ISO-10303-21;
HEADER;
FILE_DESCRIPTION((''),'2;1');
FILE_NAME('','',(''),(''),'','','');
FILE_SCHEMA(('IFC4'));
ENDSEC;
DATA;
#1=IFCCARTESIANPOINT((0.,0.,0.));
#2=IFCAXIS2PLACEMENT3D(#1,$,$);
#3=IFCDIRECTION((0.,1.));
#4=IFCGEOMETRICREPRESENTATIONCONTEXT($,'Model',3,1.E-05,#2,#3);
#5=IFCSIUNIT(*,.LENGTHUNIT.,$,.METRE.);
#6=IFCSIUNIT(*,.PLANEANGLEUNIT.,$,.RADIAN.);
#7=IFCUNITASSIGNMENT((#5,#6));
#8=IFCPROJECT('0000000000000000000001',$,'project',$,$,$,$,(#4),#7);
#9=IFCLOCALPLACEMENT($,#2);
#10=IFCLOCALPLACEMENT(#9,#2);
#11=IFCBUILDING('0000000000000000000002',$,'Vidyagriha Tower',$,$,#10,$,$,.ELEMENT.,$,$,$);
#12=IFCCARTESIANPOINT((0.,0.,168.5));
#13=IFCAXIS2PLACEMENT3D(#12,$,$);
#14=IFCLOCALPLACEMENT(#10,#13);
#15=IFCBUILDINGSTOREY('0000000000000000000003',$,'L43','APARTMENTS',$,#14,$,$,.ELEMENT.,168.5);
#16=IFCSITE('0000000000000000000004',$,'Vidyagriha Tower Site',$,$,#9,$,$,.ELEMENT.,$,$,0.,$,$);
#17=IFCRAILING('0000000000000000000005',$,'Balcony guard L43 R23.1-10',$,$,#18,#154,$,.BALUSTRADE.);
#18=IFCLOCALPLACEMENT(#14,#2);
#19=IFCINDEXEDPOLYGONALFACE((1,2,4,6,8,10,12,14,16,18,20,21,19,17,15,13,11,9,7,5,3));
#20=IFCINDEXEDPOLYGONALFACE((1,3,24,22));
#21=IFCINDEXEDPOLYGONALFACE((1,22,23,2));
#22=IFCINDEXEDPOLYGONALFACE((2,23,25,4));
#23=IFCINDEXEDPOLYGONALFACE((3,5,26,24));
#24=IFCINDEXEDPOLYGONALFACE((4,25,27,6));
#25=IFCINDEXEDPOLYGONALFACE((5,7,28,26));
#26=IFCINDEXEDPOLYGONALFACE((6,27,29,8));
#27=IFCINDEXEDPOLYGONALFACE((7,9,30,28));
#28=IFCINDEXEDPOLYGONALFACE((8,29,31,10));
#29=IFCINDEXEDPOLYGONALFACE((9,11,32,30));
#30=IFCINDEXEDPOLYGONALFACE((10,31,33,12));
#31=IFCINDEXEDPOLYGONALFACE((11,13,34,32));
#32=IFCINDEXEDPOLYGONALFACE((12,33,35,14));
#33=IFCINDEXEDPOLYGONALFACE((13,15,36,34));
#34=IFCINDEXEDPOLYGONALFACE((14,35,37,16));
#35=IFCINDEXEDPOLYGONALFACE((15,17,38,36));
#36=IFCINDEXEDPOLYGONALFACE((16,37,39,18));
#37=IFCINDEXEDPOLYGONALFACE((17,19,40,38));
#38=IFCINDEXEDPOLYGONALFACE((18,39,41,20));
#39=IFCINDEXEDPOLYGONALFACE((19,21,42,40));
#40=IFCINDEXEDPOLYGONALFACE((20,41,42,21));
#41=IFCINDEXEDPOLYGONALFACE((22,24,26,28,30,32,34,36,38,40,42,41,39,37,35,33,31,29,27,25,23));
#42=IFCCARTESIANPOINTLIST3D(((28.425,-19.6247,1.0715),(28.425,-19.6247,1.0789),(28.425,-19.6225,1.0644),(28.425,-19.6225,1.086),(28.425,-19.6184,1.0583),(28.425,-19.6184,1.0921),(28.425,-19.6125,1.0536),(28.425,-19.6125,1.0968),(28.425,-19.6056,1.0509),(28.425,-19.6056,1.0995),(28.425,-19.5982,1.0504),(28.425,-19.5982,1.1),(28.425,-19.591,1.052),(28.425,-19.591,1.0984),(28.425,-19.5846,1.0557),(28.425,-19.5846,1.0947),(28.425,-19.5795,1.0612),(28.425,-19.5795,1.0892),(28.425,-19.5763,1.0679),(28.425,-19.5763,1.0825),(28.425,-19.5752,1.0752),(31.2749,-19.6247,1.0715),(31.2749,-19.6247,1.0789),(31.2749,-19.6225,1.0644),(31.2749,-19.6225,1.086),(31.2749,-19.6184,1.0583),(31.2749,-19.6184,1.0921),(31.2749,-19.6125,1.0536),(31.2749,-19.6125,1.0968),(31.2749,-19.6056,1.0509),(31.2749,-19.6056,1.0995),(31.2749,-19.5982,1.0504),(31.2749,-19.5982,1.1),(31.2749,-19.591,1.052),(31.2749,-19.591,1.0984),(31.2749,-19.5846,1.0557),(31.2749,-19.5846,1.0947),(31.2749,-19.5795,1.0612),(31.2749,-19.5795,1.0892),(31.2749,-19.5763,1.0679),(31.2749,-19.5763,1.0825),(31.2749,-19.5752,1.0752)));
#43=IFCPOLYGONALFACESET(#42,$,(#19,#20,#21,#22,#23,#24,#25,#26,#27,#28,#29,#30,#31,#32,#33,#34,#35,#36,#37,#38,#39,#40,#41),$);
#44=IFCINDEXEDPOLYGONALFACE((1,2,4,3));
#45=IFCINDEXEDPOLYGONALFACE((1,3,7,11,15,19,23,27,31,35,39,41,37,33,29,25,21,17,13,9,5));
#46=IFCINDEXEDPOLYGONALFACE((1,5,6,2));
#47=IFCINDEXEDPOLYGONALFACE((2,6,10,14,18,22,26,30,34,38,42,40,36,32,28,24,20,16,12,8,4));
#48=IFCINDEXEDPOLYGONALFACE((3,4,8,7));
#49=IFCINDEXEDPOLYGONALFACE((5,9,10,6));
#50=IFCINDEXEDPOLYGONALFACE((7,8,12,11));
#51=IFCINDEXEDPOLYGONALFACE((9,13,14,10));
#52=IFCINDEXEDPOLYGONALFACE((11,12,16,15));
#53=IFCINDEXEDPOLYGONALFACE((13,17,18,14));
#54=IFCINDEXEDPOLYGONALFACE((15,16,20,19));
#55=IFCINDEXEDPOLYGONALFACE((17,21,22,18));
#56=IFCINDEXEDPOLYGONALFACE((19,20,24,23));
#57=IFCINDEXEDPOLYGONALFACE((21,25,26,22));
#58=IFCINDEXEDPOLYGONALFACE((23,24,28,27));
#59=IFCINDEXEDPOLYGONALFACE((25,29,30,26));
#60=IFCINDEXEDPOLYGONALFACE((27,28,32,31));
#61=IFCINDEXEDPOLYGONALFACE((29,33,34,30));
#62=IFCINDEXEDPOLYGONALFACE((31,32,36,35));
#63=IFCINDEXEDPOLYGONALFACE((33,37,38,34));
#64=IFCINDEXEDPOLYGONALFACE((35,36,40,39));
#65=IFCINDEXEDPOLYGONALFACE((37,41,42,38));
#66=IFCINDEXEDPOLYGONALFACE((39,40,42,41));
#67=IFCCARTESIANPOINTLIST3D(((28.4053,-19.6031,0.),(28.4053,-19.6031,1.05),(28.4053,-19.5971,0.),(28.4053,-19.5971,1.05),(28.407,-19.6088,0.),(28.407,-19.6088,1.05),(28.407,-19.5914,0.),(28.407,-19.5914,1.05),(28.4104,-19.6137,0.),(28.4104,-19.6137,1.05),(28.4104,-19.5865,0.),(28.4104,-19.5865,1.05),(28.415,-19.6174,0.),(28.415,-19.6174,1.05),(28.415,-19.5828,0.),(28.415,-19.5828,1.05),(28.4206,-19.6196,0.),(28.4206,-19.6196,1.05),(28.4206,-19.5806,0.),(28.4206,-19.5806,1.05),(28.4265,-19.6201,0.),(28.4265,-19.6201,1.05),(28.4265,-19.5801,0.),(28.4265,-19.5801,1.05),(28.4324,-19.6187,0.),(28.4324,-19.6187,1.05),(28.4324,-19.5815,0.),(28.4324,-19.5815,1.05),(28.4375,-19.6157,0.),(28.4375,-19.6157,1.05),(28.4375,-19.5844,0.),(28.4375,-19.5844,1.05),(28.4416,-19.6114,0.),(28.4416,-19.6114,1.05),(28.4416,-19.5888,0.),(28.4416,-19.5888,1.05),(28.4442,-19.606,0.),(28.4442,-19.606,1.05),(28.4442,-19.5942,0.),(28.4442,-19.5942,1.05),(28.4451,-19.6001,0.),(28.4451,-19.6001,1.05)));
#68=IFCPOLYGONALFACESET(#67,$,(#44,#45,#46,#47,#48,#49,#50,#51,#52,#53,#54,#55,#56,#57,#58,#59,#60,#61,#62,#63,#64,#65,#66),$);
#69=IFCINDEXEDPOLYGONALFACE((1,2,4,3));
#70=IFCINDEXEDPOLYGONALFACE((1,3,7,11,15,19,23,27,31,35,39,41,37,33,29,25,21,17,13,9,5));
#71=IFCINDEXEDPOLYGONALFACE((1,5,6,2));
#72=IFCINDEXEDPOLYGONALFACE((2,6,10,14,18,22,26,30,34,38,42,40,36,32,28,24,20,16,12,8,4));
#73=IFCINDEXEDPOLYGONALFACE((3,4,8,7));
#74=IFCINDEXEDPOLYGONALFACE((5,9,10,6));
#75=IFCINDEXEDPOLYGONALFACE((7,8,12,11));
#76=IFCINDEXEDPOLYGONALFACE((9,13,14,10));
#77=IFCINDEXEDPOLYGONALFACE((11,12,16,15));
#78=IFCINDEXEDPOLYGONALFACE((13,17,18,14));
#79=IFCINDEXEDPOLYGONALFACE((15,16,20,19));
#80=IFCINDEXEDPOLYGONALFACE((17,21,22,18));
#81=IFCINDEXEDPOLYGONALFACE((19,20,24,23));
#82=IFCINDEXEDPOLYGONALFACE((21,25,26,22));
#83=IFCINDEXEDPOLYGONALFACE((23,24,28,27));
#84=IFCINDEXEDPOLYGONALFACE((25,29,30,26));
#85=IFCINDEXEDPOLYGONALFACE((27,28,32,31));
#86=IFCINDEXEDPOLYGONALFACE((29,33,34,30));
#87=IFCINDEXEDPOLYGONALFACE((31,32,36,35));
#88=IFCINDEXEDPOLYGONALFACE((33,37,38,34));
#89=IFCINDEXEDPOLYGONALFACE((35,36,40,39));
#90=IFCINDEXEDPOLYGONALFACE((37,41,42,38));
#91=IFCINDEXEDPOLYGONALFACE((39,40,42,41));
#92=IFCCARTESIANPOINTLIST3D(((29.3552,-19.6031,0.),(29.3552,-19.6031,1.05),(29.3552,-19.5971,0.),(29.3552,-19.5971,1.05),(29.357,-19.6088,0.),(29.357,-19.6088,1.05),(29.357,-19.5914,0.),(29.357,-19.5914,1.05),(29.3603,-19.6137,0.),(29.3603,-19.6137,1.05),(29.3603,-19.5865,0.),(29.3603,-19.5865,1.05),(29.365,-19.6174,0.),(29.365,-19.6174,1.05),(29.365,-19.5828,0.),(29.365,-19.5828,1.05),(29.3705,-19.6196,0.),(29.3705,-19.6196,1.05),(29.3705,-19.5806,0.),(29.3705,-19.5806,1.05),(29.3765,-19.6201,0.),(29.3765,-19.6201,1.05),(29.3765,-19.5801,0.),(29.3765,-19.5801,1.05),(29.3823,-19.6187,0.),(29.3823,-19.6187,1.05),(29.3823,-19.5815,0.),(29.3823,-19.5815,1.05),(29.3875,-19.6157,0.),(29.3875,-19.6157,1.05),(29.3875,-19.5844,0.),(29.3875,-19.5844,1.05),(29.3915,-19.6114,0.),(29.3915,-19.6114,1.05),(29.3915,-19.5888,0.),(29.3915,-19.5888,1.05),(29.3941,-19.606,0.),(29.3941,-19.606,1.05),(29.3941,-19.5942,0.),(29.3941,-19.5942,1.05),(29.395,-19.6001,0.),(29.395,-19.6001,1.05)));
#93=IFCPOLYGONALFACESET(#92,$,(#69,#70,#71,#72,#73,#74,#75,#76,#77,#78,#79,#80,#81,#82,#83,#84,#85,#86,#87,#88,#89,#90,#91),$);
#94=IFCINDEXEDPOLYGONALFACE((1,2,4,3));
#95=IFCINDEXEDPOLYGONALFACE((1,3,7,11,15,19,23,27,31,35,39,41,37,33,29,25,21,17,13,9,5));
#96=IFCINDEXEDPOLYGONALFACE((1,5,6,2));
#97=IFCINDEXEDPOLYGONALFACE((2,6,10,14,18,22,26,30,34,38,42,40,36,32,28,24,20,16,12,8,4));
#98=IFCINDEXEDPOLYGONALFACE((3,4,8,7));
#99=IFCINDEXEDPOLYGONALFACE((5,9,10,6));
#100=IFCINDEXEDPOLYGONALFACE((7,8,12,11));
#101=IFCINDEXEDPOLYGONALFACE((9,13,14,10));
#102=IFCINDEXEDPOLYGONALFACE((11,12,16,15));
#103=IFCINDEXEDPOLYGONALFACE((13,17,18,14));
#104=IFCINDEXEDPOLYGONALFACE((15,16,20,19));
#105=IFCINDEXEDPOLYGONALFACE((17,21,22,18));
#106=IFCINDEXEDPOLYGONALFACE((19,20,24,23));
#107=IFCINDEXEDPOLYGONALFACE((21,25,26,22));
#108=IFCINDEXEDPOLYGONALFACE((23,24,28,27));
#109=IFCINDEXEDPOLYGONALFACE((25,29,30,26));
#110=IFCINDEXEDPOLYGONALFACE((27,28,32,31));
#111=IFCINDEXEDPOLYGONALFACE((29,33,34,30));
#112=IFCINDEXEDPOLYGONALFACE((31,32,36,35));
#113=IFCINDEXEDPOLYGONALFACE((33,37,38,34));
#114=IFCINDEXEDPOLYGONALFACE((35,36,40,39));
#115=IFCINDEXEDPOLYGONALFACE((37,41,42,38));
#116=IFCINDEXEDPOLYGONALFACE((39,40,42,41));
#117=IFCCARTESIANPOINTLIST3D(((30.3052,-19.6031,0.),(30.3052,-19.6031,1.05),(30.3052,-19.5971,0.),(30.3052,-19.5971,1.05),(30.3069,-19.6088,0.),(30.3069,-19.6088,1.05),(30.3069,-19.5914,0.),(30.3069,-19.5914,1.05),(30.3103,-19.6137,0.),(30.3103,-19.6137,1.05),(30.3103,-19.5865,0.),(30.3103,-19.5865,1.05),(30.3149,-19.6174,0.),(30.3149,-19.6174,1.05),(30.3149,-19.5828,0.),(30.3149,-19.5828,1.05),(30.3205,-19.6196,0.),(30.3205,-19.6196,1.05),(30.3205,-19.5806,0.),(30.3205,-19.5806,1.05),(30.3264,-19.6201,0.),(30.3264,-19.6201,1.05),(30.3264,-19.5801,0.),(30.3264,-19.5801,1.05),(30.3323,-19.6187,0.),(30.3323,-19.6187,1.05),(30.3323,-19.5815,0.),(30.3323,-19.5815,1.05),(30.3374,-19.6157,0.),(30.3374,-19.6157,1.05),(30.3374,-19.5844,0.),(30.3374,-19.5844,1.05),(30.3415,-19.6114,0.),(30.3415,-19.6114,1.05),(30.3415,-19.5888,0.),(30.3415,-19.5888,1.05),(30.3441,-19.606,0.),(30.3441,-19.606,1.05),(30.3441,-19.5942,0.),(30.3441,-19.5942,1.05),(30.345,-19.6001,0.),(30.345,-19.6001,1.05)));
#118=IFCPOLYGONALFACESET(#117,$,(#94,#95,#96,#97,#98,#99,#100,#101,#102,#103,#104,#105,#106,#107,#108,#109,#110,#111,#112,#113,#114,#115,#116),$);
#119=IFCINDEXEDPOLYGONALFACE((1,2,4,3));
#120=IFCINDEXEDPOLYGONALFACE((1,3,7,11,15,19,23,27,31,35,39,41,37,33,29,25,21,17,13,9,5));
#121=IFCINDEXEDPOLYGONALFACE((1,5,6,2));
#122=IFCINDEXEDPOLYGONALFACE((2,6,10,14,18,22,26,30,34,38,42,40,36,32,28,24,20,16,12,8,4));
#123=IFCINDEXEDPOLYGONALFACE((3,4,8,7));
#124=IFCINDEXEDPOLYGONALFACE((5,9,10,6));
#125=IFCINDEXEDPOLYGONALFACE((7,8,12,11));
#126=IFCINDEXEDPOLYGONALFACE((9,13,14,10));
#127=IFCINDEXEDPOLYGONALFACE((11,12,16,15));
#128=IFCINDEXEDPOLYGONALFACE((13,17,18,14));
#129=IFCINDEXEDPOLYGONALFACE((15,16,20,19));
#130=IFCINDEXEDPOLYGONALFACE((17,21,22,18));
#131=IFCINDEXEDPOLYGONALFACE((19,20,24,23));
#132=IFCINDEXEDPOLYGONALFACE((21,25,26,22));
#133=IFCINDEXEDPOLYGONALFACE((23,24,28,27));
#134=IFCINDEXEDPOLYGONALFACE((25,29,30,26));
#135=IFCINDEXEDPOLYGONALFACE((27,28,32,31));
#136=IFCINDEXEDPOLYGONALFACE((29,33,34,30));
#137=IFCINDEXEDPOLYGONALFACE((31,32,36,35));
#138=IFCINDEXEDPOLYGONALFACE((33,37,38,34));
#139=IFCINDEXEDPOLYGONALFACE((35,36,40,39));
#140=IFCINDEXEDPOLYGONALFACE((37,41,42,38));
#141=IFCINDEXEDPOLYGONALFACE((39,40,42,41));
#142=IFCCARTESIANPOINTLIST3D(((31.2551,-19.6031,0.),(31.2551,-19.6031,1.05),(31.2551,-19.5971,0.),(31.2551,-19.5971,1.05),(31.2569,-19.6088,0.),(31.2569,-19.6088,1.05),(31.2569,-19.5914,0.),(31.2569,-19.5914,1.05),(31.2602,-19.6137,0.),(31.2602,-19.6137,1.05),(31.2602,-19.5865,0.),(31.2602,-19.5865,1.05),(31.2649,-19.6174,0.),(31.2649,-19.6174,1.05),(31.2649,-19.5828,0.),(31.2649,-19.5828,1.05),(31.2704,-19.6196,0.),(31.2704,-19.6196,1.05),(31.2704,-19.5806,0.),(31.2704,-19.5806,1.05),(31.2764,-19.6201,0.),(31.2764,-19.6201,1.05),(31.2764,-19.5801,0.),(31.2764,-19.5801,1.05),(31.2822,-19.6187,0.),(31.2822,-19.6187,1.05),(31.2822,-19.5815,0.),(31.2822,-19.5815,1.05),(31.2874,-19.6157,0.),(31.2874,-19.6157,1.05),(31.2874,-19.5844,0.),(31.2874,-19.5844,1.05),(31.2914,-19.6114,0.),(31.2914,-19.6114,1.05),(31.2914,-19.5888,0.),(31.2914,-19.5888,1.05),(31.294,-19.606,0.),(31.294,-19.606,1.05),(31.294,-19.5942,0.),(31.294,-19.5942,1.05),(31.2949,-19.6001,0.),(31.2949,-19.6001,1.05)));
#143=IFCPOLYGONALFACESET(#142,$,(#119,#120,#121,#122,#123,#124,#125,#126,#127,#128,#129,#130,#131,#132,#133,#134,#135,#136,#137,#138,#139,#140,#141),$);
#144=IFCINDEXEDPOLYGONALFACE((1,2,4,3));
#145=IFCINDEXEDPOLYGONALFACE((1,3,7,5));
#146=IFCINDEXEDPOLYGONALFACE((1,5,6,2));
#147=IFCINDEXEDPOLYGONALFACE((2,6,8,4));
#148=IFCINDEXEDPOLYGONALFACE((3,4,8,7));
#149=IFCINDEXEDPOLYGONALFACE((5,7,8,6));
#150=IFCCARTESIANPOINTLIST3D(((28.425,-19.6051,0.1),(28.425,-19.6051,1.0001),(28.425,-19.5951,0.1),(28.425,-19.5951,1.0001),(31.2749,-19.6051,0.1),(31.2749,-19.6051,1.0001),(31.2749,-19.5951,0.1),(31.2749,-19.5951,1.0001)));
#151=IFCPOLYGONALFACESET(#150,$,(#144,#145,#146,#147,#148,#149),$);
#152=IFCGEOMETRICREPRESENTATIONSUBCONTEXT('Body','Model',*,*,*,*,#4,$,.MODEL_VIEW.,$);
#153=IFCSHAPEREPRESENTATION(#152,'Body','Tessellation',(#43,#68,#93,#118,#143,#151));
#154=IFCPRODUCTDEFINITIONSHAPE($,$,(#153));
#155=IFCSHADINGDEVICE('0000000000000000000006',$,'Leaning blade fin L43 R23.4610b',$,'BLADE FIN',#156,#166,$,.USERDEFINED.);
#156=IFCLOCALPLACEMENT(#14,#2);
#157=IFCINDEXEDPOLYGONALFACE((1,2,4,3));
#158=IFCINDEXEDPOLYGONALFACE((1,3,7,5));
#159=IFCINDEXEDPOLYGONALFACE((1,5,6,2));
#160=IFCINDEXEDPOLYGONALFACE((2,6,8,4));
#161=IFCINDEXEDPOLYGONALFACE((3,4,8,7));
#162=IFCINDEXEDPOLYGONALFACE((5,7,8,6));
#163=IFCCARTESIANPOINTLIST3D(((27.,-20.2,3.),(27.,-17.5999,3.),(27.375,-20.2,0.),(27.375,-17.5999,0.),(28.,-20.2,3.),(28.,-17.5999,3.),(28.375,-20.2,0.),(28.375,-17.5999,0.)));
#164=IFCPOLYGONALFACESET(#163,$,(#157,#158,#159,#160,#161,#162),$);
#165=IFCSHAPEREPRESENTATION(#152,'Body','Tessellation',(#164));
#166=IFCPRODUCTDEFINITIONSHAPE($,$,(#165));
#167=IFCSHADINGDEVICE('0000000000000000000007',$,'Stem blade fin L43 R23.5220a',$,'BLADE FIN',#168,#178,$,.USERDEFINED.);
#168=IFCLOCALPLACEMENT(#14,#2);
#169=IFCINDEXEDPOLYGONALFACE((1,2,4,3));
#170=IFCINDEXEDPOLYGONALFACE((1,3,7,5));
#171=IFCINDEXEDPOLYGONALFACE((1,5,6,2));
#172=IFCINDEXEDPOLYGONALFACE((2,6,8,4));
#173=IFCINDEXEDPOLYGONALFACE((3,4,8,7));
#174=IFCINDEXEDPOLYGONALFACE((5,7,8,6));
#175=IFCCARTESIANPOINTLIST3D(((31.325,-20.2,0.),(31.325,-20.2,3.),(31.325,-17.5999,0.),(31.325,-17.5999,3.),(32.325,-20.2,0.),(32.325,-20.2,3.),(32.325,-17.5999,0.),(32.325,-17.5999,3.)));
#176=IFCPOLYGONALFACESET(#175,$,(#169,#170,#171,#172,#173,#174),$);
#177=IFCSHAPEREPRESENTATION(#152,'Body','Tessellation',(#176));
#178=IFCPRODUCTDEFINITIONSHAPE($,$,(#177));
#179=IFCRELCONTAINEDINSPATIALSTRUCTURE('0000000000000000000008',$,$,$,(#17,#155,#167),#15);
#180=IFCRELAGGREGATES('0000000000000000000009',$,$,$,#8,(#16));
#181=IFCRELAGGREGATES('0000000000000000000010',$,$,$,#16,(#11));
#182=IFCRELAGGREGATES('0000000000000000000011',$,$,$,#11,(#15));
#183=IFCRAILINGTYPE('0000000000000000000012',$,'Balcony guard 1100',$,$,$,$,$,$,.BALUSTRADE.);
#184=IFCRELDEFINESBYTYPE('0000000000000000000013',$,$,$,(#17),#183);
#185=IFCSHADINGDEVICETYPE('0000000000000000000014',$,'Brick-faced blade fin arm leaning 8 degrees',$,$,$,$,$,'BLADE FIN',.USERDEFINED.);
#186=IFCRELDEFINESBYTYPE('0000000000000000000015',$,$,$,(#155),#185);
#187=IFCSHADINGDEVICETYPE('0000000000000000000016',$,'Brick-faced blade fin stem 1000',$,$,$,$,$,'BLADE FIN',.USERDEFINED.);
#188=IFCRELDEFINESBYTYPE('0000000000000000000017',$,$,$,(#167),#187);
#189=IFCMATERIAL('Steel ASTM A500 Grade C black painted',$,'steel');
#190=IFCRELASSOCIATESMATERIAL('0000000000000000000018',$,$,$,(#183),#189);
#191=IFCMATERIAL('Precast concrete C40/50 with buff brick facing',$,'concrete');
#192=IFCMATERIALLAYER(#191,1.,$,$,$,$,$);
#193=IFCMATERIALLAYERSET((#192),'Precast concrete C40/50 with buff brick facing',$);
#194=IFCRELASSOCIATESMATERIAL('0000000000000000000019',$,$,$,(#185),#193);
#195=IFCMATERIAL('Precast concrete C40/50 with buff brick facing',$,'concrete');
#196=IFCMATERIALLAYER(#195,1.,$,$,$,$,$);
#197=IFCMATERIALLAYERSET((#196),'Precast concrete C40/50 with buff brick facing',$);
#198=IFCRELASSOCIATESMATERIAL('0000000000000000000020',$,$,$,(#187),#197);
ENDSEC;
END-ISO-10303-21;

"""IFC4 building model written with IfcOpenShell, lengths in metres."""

from ifc_helpers import new_model, si_unit, direction, frame, origin, origin_2d, place, context, subcontext, project, spatial, polyline, rectangle, circle, outline, extrude, material, layer, layer_set, type_object, element, save


model = new_model("IFC4")

# Units and contexts
model_context = context("Model", 3, precision=1e-05, world=origin(), true_north=direction((0.0, 1.0)))
body_context = subcontext(model_context, "Body", "Model", "MODEL_VIEW")
ifc_project = project(units=[si_unit("LENGTHUNIT", "METRE"), si_unit("PLANEANGLEUNIT", "RADIAN")], contexts=[model_context])

# Site, building, storey
site_placement = place(None, origin())
site = spatial("IfcSite", under=ifc_project, at=site_placement, Name="Vidyagriha Tower Site", CompositionType="ELEMENT", RefElevation=0.0)
building_placement = place(site_placement, origin())
building = spatial("IfcBuilding", under=site, at=building_placement, Name="Vidyagriha Tower", CompositionType="ELEMENT")
storey_placement = place(building_placement, frame((0.0, 0.0, 168.5)))
storey = spatial("IfcBuildingStorey", under=building, at=storey_placement, Name="L43", Description="APARTMENTS", CompositionType="ELEMENT", Elevation=168.5)

# Railing
ifc_material_1 = material(Name="Steel ASTM A500 Grade C black painted", Category="steel")
railing_type_1 = type_object("IfcRailingType", Name="Balcony guard 1100", PredefinedType="BALUSTRADE", material=ifc_material_1)
railing_1_placement = place(storey_placement, frame((28.425, -19.6001, 0.0)))
element("IfcRailing", 1, at=railing_1_placement, inside=storey, type_object=railing_type_1, Name="Balcony guard L43 R23.1-10", PredefinedType="BALUSTRADE", context=body_context, shape_type="SweptSolid", body=[
    extrude(circle(Radius=0.0249, at=origin_2d()), frame((0.0, 0.0, 1.0752), z_axis=(1.0, 0.0, 0.0), x_axis=(0.0, 1.0, 0.0)), (0.0, 0.0, 1.0), 2.8499),
    extrude(circle(Radius=0.02, at=origin_2d()), origin(), (0.0, 0.0, 1.0), 1.05),
    extrude(circle(Radius=0.02, at=origin_2d()), frame((0.95, 0.0, 0.0)), (0.0, 0.0, 1.0), 1.05),
    extrude(circle(Radius=0.02, at=origin_2d()), frame((1.8999, 0.0, 0.0)), (0.0, 0.0, 1.0), 1.05),
    extrude(circle(Radius=0.02, at=origin_2d()), frame((2.8499, 0.0, 0.0)), (0.0, 0.0, 1.0), 1.05),
    extrude(rectangle(XDim=0.01, YDim=0.9001, at=origin_2d()), frame((0.0, 0.0, 0.55), z_axis=(1.0, 0.0, 0.0), x_axis=(0.0, 1.0, 0.0)), (0.0, 0.0, 1.0), 2.8499),
])

# Shading devices
ifc_material_2 = material(Name="Precast concrete C40/50 with buff brick facing", Category="concrete")
ifc_layer_1 = layer(ifc_material_2, 1.0)
ifc_layer_set_1 = layer_set([ifc_layer_1], Name="Precast concrete C40/50 with buff brick facing")
shading_device_type_1 = type_object("IfcShadingDeviceType", Name="Brick-faced blade fin arm leaning 8 degrees", ElementType="BLADE FIN", PredefinedType="USERDEFINED", material=ifc_layer_set_1)
shading_device_1_placement = place(storey_placement, frame((27.0, -18.8999, 0.0)))
element("IfcShadingDevice", 2, at=shading_device_1_placement, inside=storey, type_object=shading_device_type_1, Name="Leaning blade fin L43 R23.4610b", ObjectType="BLADE FIN", PredefinedType="USERDEFINED", context=body_context, shape_type="SweptSolid", body=[
    extrude(outline(polyline([(0.375, 0.0), (1.375, 0.0), (1.0, 3.0), (0.0, 3.0), (0.375, 0.0)])), frame((0.0, 1.3, 0.0), z_axis=(0.0, -1.0, 0.0), x_axis=(1.0, 0.0, 0.0)), (0.0, 0.0, 1.0), 2.6001),
])
ifc_material_3 = material(Name="Precast concrete C40/50 with buff brick facing", Category="concrete")
ifc_layer_2 = layer(ifc_material_3, 1.0)
ifc_layer_set_2 = layer_set([ifc_layer_2], Name="Precast concrete C40/50 with buff brick facing")
shading_device_type_2 = type_object("IfcShadingDeviceType", Name="Brick-faced blade fin stem 1000", ElementType="BLADE FIN", PredefinedType="USERDEFINED", material=ifc_layer_set_2)
shading_device_2_placement = place(storey_placement, frame((31.325, -18.8999, 0.0)))
element("IfcShadingDevice", 3, at=shading_device_2_placement, inside=storey, type_object=shading_device_type_2, Name="Stem blade fin L43 R23.5220a", ObjectType="BLADE FIN", PredefinedType="USERDEFINED", context=body_context, shape_type="SweptSolid", body=[
    extrude(outline(polyline([(0.0, 0.0), (1.0, 0.0), (1.0, 3.0), (0.0, 3.0), (0.0, 0.0)])), frame((0.0, 1.3, 0.0), z_axis=(0.0, -1.0, 0.0), x_axis=(1.0, 0.0, 0.0)), (0.0, 0.0, 1.0), 2.6001),
])

save(model, "model.ifc")
